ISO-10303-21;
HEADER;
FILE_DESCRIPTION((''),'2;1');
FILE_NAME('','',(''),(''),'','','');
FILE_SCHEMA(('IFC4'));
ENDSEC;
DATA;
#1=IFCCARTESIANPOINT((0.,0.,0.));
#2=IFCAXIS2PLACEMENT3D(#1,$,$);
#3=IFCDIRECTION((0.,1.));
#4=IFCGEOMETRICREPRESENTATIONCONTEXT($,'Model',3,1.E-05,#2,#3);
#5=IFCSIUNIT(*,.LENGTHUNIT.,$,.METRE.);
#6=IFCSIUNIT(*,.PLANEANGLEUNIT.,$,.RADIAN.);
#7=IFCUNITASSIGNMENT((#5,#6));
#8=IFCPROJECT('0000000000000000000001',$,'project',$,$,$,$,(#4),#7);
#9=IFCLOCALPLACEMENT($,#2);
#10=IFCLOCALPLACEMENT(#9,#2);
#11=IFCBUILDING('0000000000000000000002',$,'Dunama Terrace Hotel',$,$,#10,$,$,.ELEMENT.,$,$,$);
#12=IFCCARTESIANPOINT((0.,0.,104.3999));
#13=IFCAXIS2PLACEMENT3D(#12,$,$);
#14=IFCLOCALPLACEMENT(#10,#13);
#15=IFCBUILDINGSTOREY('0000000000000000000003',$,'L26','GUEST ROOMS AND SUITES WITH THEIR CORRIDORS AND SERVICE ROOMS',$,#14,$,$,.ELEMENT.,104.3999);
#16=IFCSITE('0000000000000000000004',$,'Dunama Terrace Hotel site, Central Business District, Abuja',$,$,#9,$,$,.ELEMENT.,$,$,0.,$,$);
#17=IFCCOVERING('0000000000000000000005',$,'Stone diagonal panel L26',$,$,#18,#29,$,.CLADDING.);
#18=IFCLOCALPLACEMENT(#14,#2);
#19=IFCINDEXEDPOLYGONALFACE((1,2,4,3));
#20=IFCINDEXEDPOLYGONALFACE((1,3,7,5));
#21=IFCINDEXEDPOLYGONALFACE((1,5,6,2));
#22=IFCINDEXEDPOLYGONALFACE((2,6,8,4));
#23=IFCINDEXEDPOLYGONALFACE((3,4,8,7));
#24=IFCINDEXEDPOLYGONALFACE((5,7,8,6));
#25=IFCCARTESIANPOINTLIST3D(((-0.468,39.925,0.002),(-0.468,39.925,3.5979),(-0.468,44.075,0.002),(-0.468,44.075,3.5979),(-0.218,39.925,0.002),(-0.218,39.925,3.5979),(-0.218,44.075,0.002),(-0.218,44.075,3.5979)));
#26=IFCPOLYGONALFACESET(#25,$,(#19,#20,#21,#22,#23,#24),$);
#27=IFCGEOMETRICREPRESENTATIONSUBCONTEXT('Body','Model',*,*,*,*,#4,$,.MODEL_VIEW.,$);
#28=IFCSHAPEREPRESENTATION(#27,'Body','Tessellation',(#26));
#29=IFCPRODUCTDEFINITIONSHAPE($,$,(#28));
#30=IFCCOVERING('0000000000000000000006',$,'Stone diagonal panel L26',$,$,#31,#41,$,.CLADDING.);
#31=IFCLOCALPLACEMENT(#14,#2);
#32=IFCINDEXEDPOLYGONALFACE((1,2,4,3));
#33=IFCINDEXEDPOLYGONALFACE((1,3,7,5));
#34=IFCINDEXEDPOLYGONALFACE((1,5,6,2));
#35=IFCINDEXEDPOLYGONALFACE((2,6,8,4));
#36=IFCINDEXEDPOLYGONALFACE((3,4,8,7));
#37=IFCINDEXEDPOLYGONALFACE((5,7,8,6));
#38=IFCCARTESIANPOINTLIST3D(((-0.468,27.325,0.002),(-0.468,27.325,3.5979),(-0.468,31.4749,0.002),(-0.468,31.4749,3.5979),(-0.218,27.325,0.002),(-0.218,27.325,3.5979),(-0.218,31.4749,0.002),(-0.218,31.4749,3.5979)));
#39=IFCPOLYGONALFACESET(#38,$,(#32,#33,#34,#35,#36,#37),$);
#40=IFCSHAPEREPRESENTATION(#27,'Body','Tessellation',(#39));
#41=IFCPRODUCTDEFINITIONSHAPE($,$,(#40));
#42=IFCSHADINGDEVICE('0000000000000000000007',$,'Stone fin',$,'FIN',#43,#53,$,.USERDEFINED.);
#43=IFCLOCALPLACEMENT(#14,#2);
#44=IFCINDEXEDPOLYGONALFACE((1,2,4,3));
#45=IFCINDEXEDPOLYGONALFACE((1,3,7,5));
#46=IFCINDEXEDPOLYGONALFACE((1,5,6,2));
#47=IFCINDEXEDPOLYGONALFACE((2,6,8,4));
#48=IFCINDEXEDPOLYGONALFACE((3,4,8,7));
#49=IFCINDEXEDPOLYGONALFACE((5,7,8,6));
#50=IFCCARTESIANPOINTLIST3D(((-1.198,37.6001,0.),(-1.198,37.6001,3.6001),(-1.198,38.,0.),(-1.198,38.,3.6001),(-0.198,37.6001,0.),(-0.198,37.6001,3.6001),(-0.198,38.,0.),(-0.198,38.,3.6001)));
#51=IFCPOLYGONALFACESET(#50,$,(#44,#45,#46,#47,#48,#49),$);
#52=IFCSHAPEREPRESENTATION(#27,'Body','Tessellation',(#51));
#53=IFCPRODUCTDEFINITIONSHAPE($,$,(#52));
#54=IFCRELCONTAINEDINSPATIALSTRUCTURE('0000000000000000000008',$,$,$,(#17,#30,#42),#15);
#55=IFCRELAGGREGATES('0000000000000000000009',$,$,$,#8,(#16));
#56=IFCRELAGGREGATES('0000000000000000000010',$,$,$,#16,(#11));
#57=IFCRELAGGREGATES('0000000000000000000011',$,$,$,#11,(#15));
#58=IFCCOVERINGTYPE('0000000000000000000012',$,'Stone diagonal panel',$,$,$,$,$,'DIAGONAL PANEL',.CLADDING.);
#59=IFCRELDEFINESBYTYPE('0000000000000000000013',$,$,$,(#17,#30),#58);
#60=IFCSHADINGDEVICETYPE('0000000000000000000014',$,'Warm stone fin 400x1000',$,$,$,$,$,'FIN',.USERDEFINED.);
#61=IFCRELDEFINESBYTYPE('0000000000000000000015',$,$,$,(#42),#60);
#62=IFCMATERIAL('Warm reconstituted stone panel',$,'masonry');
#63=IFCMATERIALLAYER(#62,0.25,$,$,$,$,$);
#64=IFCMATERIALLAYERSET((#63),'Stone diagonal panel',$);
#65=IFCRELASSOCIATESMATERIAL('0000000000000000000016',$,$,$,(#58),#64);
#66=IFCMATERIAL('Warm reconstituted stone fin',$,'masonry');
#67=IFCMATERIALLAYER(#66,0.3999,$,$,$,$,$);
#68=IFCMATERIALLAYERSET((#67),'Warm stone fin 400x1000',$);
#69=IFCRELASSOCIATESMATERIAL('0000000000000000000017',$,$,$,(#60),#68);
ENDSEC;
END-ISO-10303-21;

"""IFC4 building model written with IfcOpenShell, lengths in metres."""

from ifc_helpers import new_model, si_unit, direction, frame, origin, origin_2d, place, context, subcontext, project, spatial, rectangle, extrude, material, layer, layer_set, type_object, element, save


model = new_model("IFC4")

# Units and contexts
model_context = context("Model", 3, precision=1e-05, world=origin(), true_north=direction((0.0, 1.0)))
body_context = subcontext(model_context, "Body", "Model", "MODEL_VIEW")
ifc_project = project(units=[si_unit("LENGTHUNIT", "METRE"), si_unit("PLANEANGLEUNIT", "RADIAN")], contexts=[model_context])

# Site, building, storey
site_placement = place(None, origin())
site = spatial("IfcSite", under=ifc_project, at=site_placement, Name="Dunama Terrace Hotel site, Central Business District, Abuja", CompositionType="ELEMENT", RefElevation=0.0)
building_placement = place(site_placement, origin())
building = spatial("IfcBuilding", under=site, at=building_placement, Name="Dunama Terrace Hotel", CompositionType="ELEMENT")
storey_placement = place(building_placement, frame((0.0, 0.0, 104.3999)))
storey = spatial("IfcBuildingStorey", under=building, at=storey_placement, Name="L26", Description="GUEST ROOMS AND SUITES WITH THEIR CORRIDORS AND SERVICE ROOMS", CompositionType="ELEMENT", Elevation=104.3999)

# Coverings
ifc_material_1 = material(Name="Warm reconstituted stone panel", Category="masonry")
ifc_layer_1 = layer(ifc_material_1, 0.25)
ifc_layer_set_1 = layer_set([ifc_layer_1], Name="Stone diagonal panel")
covering_type = type_object("IfcCoveringType", Name="Stone diagonal panel", ElementType="DIAGONAL PANEL", PredefinedType="CLADDING", material=ifc_layer_set_1)
for number, where, z_axis, x_axis, name in (
    (1, (-0.343, 42.0, 0.002), (0.0, 0.0, 1.0), (0.0, -1.0, 0.0), "Stone diagonal panel L26"),
    (2, (-0.343, 29.3999, 0.002), (0.0, 0.0, 1.0), (0.0, -1.0, 0.0), "Stone diagonal panel L26"),
):
    element("IfcCovering", number, at=place(storey_placement, frame(where, z_axis=z_axis, x_axis=x_axis)), inside=storey, type_object=covering_type, Name=name, PredefinedType="CLADDING", context=body_context, shape_type="SweptSolid", body=[
        extrude(rectangle(XDim=4.1499, YDim=0.25, at=origin_2d()), origin(), (0.0, 0.0, 1.0), 3.5959),
    ])

# Shading device
ifc_material_2 = material(Name="Warm reconstituted stone fin", Category="masonry")
ifc_layer_2 = layer(ifc_material_2, 0.3999)
ifc_layer_set_2 = layer_set([ifc_layer_2], Name="Warm stone fin 400x1000")
shading_device_type = type_object("IfcShadingDeviceType", Name="Warm stone fin 400x1000", ElementType="FIN", PredefinedType="USERDEFINED", material=ifc_layer_set_2)
shading_device_placement = place(storey_placement, frame((-0.698, 37.8, 0.0), z_axis=(0.0, 0.0, 1.0), x_axis=(0.0, -1.0, 0.0)))
element("IfcShadingDevice", 3, at=shading_device_placement, inside=storey, type_object=shading_device_type, Name="Stone fin", ObjectType="FIN", PredefinedType="USERDEFINED", context=body_context, shape_type="SweptSolid", body=[
    extrude(rectangle(XDim=0.3999, YDim=1.0, at=origin_2d()), origin(), (0.0, 0.0, 1.0), 3.6001),
])

save(model, "model.ifc")
